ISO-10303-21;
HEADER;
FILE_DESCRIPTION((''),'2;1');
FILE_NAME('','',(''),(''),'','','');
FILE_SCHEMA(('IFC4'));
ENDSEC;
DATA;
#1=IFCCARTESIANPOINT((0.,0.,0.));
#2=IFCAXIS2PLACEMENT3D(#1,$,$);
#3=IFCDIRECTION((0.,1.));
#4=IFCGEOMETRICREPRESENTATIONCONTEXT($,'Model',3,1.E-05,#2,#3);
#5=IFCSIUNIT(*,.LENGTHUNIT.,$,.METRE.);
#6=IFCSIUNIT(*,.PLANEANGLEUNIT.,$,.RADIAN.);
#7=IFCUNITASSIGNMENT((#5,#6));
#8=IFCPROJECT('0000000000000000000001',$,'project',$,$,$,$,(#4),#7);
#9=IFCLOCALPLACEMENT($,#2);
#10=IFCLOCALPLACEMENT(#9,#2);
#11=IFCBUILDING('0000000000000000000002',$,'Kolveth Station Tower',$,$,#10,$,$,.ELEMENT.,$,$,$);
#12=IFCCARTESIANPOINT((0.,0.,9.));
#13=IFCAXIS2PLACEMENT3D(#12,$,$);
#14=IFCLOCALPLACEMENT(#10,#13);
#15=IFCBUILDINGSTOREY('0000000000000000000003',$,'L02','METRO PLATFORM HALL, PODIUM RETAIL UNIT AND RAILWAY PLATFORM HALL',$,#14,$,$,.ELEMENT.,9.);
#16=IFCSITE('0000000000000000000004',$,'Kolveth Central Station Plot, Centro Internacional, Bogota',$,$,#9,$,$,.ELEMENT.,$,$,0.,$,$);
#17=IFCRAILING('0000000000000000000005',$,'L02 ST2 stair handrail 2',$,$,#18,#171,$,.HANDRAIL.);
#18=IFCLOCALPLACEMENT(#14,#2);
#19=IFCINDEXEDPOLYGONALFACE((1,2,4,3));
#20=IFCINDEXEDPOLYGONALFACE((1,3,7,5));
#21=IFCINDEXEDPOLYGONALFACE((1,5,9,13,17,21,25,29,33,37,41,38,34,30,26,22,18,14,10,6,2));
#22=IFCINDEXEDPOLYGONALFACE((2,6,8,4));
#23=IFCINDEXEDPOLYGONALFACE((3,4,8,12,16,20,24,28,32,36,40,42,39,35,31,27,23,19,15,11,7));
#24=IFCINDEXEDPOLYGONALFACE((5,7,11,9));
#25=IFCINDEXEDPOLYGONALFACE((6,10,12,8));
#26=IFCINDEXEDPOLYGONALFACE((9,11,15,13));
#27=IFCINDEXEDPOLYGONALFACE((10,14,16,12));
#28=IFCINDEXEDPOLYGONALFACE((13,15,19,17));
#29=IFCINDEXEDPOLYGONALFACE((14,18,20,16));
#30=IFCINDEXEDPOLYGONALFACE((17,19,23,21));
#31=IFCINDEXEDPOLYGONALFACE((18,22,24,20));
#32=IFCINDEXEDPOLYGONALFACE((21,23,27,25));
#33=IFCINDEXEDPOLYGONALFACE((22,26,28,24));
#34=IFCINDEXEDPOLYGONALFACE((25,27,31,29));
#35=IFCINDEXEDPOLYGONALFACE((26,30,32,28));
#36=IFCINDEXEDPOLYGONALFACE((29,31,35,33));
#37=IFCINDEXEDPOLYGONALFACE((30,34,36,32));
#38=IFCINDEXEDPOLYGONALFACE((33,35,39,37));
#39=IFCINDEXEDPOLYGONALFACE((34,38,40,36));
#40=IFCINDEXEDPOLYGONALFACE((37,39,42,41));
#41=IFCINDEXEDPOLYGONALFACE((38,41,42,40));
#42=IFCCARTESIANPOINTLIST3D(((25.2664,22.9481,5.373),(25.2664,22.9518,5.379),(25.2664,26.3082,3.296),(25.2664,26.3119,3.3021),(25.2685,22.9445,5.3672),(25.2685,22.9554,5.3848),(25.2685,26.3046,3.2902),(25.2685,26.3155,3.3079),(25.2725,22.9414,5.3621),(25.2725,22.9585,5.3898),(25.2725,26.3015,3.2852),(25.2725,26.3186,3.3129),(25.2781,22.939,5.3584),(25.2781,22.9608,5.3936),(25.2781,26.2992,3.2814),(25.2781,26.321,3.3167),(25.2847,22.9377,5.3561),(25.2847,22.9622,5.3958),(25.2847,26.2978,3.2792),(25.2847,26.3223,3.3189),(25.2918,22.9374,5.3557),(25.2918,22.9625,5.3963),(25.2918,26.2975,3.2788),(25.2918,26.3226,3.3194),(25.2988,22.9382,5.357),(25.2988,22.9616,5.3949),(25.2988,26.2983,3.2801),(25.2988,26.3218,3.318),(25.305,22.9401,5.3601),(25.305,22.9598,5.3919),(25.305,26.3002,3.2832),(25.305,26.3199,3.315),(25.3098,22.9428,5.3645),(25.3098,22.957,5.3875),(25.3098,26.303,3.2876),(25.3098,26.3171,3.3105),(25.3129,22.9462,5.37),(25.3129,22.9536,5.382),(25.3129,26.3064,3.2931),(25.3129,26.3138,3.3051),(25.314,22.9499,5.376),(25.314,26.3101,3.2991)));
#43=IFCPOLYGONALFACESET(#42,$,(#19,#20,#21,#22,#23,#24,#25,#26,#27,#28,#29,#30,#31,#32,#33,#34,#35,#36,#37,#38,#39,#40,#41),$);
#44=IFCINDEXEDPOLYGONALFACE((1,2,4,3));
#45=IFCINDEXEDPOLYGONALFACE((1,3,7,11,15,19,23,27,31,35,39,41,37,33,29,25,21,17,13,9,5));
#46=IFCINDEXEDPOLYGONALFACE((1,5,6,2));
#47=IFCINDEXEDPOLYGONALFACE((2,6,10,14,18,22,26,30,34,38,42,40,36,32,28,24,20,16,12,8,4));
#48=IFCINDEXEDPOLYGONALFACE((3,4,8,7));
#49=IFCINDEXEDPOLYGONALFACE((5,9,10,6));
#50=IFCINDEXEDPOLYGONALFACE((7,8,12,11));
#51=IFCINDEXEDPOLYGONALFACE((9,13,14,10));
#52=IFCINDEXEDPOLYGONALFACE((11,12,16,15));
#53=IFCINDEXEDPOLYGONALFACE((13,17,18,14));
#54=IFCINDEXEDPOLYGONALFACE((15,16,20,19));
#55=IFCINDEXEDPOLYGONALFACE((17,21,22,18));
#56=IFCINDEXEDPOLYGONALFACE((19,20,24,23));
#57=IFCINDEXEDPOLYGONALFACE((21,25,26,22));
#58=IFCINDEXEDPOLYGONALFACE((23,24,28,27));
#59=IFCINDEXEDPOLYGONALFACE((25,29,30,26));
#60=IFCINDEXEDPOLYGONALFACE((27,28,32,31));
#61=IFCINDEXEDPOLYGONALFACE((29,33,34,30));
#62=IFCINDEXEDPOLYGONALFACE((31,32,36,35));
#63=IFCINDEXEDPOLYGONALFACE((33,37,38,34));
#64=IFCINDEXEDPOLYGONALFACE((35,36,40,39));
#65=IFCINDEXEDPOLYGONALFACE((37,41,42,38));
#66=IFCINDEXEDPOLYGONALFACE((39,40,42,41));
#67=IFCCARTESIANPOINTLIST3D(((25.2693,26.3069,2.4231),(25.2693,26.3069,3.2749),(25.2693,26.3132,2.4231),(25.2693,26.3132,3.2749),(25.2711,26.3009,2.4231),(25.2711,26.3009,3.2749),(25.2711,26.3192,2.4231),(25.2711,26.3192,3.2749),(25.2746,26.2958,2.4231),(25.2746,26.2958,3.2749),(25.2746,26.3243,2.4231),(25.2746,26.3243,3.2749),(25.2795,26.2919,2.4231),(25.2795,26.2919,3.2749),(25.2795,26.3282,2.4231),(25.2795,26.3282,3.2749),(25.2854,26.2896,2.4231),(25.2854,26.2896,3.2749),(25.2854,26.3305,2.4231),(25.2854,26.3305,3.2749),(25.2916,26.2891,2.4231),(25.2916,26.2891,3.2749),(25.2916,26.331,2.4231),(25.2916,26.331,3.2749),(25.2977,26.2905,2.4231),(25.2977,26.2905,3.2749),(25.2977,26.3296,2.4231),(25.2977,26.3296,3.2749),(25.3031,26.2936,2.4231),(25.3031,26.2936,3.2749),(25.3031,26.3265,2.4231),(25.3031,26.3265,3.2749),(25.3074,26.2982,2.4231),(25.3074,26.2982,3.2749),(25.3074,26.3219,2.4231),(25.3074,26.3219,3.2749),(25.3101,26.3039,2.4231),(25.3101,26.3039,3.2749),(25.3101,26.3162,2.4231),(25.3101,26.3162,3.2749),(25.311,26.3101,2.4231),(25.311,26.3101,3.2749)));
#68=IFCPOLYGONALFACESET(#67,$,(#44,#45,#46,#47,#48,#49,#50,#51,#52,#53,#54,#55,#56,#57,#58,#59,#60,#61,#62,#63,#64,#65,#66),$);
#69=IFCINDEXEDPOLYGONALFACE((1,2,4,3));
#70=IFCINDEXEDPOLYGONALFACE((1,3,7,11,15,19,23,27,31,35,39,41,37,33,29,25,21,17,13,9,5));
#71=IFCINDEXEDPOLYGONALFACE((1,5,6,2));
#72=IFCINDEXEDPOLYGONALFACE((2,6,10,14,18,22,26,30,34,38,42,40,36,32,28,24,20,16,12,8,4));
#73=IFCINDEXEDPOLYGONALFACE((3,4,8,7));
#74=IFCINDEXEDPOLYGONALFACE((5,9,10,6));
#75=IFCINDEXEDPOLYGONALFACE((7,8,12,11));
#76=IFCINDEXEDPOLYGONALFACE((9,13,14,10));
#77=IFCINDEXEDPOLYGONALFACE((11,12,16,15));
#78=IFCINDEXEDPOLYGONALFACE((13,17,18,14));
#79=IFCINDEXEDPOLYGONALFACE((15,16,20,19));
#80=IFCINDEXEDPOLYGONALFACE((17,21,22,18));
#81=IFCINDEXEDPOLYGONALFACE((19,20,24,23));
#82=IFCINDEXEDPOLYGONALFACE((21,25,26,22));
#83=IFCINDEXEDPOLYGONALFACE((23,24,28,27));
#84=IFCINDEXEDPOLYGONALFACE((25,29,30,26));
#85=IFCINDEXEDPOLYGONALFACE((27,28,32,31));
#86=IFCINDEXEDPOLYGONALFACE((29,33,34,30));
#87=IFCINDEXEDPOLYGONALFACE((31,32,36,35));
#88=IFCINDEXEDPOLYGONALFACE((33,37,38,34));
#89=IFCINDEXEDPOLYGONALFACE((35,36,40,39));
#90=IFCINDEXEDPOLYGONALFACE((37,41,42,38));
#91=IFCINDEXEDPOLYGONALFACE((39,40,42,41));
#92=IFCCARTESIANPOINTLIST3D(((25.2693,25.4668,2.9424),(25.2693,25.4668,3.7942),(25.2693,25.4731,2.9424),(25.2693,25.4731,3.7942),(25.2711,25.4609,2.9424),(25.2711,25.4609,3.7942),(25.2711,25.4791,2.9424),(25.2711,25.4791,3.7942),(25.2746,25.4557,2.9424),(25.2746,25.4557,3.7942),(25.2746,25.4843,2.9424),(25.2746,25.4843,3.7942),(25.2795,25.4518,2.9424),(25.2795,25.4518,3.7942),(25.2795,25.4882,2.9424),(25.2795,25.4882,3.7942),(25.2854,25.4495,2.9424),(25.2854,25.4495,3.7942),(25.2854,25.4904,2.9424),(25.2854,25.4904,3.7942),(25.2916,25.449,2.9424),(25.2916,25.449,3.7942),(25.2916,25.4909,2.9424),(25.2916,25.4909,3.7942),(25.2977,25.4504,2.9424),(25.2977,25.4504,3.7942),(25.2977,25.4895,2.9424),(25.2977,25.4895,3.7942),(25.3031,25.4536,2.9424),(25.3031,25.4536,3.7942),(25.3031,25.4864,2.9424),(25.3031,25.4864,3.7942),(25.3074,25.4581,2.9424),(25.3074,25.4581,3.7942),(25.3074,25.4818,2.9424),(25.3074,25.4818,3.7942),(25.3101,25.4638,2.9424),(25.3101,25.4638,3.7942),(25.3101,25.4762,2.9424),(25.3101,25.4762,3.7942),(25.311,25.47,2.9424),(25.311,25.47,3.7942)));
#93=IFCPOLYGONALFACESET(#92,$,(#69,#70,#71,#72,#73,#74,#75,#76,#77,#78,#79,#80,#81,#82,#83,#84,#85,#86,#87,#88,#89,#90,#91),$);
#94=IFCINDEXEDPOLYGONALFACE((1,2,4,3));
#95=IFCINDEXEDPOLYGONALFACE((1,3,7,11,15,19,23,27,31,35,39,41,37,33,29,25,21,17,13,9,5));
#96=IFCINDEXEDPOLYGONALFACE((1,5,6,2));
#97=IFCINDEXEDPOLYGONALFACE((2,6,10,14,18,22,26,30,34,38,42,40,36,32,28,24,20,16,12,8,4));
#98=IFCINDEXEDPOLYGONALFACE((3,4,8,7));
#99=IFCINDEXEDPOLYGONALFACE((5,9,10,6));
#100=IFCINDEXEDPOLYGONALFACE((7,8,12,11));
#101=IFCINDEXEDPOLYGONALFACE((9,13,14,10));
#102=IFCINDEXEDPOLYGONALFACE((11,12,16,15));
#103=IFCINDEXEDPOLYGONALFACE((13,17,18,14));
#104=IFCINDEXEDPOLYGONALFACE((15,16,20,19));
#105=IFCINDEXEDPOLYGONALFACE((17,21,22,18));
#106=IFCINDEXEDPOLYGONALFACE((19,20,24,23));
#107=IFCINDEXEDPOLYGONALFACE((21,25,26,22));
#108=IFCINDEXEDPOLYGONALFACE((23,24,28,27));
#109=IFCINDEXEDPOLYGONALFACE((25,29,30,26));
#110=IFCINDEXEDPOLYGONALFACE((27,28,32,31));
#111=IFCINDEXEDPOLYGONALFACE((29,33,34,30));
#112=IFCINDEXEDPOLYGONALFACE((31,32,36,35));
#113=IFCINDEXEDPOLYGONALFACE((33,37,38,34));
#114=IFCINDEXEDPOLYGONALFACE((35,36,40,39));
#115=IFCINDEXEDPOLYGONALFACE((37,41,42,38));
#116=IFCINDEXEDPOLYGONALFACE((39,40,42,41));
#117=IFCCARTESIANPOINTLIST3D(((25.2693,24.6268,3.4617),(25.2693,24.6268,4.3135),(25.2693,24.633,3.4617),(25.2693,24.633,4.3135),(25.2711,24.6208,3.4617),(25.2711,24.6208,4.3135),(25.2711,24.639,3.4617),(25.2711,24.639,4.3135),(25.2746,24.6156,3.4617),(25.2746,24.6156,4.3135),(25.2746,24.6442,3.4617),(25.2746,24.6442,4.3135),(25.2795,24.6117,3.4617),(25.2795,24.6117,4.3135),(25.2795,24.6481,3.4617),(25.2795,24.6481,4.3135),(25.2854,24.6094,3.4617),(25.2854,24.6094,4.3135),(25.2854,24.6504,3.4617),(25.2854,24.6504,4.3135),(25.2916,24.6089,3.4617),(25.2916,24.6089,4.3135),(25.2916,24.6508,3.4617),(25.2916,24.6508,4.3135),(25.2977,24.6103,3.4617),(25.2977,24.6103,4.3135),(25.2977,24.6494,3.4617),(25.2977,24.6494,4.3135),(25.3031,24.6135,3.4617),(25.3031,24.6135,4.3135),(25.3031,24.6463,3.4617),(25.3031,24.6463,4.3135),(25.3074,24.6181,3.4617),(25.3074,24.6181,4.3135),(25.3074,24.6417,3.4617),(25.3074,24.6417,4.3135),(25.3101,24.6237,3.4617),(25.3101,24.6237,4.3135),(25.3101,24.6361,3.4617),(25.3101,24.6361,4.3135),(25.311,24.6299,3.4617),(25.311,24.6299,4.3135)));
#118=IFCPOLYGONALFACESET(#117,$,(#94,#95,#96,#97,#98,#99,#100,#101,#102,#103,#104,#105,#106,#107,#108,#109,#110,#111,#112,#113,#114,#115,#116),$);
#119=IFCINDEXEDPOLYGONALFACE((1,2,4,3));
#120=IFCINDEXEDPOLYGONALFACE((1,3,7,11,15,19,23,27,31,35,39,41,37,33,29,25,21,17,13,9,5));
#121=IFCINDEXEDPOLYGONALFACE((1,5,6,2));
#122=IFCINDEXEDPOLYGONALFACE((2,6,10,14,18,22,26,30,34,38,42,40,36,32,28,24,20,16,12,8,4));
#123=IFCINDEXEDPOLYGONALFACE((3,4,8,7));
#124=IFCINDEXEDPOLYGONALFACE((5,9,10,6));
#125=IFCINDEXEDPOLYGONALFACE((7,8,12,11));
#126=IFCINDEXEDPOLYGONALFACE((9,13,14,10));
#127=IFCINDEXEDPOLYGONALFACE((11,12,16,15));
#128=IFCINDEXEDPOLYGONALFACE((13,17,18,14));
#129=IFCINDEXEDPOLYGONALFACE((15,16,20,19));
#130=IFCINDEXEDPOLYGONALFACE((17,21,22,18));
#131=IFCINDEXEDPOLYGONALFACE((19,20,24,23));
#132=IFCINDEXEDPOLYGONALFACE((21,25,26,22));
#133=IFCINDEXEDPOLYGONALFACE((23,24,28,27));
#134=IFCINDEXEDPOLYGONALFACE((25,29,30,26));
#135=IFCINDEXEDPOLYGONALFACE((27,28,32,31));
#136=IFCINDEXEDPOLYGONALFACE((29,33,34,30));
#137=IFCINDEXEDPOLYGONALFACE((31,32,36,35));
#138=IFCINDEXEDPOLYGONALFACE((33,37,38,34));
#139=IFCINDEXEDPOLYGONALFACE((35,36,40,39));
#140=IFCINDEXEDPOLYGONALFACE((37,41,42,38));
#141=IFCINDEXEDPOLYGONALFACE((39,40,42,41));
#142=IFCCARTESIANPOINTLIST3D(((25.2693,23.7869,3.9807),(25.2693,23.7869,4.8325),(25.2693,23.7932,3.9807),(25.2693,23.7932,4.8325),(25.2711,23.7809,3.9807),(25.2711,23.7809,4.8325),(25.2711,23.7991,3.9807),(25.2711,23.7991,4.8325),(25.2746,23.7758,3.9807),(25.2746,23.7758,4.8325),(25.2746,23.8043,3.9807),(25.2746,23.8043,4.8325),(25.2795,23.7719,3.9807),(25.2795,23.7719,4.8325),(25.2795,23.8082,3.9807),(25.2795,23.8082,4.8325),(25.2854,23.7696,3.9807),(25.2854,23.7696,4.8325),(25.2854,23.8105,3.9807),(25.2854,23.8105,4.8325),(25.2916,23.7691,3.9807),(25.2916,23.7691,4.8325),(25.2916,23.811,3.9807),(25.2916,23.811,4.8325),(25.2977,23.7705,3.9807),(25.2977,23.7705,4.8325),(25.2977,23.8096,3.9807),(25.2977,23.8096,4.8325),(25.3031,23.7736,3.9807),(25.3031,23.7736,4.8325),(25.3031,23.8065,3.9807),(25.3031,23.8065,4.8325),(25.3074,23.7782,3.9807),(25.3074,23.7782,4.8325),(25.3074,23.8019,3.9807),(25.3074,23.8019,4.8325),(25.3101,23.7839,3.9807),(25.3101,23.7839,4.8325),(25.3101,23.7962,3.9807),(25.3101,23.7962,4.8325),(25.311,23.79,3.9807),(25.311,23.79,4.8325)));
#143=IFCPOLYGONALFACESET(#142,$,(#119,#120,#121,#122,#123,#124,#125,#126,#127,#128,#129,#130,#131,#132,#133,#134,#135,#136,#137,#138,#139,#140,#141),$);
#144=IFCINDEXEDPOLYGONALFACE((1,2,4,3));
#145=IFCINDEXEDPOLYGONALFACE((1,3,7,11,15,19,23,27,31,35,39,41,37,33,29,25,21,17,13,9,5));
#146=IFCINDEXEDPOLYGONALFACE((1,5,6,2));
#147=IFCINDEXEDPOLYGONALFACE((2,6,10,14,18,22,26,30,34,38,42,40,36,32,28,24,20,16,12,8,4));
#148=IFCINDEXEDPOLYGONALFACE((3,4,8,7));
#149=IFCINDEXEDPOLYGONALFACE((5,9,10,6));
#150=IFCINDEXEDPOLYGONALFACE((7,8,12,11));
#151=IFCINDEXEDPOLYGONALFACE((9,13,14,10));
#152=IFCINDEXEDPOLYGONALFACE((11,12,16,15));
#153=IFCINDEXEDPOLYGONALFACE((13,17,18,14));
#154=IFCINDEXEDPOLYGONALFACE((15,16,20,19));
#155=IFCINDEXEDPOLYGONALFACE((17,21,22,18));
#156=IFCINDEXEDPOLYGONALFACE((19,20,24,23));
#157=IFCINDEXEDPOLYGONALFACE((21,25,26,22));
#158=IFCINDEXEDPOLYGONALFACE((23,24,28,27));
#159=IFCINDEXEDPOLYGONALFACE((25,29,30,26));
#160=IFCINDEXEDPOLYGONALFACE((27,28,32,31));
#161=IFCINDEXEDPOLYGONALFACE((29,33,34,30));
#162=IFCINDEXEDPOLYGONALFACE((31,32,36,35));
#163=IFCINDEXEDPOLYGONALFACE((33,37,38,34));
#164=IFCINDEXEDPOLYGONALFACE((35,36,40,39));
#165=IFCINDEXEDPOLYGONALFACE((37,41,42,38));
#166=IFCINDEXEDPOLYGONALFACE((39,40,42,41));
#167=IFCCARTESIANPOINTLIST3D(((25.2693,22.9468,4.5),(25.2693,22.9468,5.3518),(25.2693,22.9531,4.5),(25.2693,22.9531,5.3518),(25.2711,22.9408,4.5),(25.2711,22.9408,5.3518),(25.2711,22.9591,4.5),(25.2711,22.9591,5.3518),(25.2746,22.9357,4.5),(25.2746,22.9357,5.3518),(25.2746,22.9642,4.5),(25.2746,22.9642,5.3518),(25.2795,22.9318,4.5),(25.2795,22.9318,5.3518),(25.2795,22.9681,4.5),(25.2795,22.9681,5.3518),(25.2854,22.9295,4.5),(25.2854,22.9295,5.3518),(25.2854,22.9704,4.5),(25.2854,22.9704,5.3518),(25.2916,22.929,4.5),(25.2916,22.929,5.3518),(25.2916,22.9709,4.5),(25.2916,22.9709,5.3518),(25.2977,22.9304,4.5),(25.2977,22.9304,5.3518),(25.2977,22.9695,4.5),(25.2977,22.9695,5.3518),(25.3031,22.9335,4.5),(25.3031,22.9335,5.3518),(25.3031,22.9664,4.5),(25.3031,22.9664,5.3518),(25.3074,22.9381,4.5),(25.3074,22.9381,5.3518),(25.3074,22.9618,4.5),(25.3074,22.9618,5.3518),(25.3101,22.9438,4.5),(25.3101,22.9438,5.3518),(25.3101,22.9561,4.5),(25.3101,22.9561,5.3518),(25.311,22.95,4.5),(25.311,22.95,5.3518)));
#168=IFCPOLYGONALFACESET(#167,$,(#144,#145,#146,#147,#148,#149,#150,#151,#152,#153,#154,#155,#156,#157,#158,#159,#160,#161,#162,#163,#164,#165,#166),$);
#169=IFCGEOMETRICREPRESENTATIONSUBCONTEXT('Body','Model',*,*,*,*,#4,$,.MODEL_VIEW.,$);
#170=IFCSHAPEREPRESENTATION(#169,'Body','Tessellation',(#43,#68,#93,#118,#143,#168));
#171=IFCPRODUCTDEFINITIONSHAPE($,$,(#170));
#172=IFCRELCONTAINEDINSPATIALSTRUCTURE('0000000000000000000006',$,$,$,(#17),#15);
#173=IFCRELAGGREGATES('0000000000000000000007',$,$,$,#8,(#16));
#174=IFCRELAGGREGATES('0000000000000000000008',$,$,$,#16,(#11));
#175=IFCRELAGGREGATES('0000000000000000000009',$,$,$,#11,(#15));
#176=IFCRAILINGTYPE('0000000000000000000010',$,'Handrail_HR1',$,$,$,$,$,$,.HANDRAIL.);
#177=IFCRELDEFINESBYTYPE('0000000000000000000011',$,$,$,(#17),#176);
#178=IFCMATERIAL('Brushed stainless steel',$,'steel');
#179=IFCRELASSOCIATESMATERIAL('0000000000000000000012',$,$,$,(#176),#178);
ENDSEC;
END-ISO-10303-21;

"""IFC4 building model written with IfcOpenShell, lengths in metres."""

from ifc_helpers import new_model, si_unit, direction, frame, origin, origin_2d, place, context, subcontext, project, spatial, circle, extrude, material, type_object, element, save


model = new_model("IFC4")

# Units and contexts
model_context = context("Model", 3, precision=1e-05, world=origin(), true_north=direction((0.0, 1.0)))
body_context = subcontext(model_context, "Body", "Model", "MODEL_VIEW")
ifc_project = project(units=[si_unit("LENGTHUNIT", "METRE"), si_unit("PLANEANGLEUNIT", "RADIAN")], contexts=[model_context])

# Site, building, storey
site_placement = place(None, origin())
site = spatial("IfcSite", under=ifc_project, at=site_placement, Name="Kolveth Central Station Plot, Centro Internacional, Bogota", CompositionType="ELEMENT", RefElevation=0.0)
building_placement = place(site_placement, origin())
building = spatial("IfcBuilding", under=site, at=building_placement, Name="Kolveth Station Tower", CompositionType="ELEMENT")
storey_placement = place(building_placement, frame((0.0, 0.0, 9.0)))
storey = spatial("IfcBuildingStorey", under=building, at=storey_placement, Name="L02", Description="METRO PLATFORM HALL, PODIUM RETAIL UNIT AND RAILWAY PLATFORM HALL", CompositionType="ELEMENT", Elevation=9.0)

# Railing
ifc_material_1 = material(Name="Brushed stainless steel", Category="steel")
railing_type_1 = type_object("IfcRailingType", Name="Handrail_HR1", PredefinedType="HANDRAIL", material=ifc_material_1)
for number, where, name in (
    (1, (25.29, 26.3101, 2.4231), "L02 ST2 stair handrail 2"),
):
    element("IfcRailing", number, at=place(storey_placement, frame(where)), inside=storey, type_object=railing_type_1, Name=name, PredefinedType="HANDRAIL", context=body_context, shape_type="SweptSolid", body=[
        extrude(circle(Radius=0.0239, at=origin_2d()), frame((0.0, 0.0, 0.876), z_axis=(0.0, -0.850623, 0.525776), x_axis=(1.0, 0.0, 0.0)), (0.0, 0.0, 1.0), 3.9502),
        extrude(circle(Radius=0.021, at=origin_2d()), origin(), (0.0, 0.0, 1.0), 0.8518),
        extrude(circle(Radius=0.021, at=origin_2d()), frame((0.0, -0.8401, 0.5193)), (0.0, 0.0, 1.0), 0.8518),
        extrude(circle(Radius=0.021, at=origin_2d()), frame((0.0, -1.6802, 1.0386)), (0.0, 0.0, 1.0), 0.8518),
        extrude(circle(Radius=0.021, at=origin_2d()), frame((0.0, -2.52, 1.5576)), (0.0, 0.0, 1.0), 0.8518),
        extrude(circle(Radius=0.021, at=origin_2d()), frame((0.0, -3.3601, 2.0769)), (0.0, 0.0, 1.0), 0.8518),
    ])

save(model, "model.ifc")
